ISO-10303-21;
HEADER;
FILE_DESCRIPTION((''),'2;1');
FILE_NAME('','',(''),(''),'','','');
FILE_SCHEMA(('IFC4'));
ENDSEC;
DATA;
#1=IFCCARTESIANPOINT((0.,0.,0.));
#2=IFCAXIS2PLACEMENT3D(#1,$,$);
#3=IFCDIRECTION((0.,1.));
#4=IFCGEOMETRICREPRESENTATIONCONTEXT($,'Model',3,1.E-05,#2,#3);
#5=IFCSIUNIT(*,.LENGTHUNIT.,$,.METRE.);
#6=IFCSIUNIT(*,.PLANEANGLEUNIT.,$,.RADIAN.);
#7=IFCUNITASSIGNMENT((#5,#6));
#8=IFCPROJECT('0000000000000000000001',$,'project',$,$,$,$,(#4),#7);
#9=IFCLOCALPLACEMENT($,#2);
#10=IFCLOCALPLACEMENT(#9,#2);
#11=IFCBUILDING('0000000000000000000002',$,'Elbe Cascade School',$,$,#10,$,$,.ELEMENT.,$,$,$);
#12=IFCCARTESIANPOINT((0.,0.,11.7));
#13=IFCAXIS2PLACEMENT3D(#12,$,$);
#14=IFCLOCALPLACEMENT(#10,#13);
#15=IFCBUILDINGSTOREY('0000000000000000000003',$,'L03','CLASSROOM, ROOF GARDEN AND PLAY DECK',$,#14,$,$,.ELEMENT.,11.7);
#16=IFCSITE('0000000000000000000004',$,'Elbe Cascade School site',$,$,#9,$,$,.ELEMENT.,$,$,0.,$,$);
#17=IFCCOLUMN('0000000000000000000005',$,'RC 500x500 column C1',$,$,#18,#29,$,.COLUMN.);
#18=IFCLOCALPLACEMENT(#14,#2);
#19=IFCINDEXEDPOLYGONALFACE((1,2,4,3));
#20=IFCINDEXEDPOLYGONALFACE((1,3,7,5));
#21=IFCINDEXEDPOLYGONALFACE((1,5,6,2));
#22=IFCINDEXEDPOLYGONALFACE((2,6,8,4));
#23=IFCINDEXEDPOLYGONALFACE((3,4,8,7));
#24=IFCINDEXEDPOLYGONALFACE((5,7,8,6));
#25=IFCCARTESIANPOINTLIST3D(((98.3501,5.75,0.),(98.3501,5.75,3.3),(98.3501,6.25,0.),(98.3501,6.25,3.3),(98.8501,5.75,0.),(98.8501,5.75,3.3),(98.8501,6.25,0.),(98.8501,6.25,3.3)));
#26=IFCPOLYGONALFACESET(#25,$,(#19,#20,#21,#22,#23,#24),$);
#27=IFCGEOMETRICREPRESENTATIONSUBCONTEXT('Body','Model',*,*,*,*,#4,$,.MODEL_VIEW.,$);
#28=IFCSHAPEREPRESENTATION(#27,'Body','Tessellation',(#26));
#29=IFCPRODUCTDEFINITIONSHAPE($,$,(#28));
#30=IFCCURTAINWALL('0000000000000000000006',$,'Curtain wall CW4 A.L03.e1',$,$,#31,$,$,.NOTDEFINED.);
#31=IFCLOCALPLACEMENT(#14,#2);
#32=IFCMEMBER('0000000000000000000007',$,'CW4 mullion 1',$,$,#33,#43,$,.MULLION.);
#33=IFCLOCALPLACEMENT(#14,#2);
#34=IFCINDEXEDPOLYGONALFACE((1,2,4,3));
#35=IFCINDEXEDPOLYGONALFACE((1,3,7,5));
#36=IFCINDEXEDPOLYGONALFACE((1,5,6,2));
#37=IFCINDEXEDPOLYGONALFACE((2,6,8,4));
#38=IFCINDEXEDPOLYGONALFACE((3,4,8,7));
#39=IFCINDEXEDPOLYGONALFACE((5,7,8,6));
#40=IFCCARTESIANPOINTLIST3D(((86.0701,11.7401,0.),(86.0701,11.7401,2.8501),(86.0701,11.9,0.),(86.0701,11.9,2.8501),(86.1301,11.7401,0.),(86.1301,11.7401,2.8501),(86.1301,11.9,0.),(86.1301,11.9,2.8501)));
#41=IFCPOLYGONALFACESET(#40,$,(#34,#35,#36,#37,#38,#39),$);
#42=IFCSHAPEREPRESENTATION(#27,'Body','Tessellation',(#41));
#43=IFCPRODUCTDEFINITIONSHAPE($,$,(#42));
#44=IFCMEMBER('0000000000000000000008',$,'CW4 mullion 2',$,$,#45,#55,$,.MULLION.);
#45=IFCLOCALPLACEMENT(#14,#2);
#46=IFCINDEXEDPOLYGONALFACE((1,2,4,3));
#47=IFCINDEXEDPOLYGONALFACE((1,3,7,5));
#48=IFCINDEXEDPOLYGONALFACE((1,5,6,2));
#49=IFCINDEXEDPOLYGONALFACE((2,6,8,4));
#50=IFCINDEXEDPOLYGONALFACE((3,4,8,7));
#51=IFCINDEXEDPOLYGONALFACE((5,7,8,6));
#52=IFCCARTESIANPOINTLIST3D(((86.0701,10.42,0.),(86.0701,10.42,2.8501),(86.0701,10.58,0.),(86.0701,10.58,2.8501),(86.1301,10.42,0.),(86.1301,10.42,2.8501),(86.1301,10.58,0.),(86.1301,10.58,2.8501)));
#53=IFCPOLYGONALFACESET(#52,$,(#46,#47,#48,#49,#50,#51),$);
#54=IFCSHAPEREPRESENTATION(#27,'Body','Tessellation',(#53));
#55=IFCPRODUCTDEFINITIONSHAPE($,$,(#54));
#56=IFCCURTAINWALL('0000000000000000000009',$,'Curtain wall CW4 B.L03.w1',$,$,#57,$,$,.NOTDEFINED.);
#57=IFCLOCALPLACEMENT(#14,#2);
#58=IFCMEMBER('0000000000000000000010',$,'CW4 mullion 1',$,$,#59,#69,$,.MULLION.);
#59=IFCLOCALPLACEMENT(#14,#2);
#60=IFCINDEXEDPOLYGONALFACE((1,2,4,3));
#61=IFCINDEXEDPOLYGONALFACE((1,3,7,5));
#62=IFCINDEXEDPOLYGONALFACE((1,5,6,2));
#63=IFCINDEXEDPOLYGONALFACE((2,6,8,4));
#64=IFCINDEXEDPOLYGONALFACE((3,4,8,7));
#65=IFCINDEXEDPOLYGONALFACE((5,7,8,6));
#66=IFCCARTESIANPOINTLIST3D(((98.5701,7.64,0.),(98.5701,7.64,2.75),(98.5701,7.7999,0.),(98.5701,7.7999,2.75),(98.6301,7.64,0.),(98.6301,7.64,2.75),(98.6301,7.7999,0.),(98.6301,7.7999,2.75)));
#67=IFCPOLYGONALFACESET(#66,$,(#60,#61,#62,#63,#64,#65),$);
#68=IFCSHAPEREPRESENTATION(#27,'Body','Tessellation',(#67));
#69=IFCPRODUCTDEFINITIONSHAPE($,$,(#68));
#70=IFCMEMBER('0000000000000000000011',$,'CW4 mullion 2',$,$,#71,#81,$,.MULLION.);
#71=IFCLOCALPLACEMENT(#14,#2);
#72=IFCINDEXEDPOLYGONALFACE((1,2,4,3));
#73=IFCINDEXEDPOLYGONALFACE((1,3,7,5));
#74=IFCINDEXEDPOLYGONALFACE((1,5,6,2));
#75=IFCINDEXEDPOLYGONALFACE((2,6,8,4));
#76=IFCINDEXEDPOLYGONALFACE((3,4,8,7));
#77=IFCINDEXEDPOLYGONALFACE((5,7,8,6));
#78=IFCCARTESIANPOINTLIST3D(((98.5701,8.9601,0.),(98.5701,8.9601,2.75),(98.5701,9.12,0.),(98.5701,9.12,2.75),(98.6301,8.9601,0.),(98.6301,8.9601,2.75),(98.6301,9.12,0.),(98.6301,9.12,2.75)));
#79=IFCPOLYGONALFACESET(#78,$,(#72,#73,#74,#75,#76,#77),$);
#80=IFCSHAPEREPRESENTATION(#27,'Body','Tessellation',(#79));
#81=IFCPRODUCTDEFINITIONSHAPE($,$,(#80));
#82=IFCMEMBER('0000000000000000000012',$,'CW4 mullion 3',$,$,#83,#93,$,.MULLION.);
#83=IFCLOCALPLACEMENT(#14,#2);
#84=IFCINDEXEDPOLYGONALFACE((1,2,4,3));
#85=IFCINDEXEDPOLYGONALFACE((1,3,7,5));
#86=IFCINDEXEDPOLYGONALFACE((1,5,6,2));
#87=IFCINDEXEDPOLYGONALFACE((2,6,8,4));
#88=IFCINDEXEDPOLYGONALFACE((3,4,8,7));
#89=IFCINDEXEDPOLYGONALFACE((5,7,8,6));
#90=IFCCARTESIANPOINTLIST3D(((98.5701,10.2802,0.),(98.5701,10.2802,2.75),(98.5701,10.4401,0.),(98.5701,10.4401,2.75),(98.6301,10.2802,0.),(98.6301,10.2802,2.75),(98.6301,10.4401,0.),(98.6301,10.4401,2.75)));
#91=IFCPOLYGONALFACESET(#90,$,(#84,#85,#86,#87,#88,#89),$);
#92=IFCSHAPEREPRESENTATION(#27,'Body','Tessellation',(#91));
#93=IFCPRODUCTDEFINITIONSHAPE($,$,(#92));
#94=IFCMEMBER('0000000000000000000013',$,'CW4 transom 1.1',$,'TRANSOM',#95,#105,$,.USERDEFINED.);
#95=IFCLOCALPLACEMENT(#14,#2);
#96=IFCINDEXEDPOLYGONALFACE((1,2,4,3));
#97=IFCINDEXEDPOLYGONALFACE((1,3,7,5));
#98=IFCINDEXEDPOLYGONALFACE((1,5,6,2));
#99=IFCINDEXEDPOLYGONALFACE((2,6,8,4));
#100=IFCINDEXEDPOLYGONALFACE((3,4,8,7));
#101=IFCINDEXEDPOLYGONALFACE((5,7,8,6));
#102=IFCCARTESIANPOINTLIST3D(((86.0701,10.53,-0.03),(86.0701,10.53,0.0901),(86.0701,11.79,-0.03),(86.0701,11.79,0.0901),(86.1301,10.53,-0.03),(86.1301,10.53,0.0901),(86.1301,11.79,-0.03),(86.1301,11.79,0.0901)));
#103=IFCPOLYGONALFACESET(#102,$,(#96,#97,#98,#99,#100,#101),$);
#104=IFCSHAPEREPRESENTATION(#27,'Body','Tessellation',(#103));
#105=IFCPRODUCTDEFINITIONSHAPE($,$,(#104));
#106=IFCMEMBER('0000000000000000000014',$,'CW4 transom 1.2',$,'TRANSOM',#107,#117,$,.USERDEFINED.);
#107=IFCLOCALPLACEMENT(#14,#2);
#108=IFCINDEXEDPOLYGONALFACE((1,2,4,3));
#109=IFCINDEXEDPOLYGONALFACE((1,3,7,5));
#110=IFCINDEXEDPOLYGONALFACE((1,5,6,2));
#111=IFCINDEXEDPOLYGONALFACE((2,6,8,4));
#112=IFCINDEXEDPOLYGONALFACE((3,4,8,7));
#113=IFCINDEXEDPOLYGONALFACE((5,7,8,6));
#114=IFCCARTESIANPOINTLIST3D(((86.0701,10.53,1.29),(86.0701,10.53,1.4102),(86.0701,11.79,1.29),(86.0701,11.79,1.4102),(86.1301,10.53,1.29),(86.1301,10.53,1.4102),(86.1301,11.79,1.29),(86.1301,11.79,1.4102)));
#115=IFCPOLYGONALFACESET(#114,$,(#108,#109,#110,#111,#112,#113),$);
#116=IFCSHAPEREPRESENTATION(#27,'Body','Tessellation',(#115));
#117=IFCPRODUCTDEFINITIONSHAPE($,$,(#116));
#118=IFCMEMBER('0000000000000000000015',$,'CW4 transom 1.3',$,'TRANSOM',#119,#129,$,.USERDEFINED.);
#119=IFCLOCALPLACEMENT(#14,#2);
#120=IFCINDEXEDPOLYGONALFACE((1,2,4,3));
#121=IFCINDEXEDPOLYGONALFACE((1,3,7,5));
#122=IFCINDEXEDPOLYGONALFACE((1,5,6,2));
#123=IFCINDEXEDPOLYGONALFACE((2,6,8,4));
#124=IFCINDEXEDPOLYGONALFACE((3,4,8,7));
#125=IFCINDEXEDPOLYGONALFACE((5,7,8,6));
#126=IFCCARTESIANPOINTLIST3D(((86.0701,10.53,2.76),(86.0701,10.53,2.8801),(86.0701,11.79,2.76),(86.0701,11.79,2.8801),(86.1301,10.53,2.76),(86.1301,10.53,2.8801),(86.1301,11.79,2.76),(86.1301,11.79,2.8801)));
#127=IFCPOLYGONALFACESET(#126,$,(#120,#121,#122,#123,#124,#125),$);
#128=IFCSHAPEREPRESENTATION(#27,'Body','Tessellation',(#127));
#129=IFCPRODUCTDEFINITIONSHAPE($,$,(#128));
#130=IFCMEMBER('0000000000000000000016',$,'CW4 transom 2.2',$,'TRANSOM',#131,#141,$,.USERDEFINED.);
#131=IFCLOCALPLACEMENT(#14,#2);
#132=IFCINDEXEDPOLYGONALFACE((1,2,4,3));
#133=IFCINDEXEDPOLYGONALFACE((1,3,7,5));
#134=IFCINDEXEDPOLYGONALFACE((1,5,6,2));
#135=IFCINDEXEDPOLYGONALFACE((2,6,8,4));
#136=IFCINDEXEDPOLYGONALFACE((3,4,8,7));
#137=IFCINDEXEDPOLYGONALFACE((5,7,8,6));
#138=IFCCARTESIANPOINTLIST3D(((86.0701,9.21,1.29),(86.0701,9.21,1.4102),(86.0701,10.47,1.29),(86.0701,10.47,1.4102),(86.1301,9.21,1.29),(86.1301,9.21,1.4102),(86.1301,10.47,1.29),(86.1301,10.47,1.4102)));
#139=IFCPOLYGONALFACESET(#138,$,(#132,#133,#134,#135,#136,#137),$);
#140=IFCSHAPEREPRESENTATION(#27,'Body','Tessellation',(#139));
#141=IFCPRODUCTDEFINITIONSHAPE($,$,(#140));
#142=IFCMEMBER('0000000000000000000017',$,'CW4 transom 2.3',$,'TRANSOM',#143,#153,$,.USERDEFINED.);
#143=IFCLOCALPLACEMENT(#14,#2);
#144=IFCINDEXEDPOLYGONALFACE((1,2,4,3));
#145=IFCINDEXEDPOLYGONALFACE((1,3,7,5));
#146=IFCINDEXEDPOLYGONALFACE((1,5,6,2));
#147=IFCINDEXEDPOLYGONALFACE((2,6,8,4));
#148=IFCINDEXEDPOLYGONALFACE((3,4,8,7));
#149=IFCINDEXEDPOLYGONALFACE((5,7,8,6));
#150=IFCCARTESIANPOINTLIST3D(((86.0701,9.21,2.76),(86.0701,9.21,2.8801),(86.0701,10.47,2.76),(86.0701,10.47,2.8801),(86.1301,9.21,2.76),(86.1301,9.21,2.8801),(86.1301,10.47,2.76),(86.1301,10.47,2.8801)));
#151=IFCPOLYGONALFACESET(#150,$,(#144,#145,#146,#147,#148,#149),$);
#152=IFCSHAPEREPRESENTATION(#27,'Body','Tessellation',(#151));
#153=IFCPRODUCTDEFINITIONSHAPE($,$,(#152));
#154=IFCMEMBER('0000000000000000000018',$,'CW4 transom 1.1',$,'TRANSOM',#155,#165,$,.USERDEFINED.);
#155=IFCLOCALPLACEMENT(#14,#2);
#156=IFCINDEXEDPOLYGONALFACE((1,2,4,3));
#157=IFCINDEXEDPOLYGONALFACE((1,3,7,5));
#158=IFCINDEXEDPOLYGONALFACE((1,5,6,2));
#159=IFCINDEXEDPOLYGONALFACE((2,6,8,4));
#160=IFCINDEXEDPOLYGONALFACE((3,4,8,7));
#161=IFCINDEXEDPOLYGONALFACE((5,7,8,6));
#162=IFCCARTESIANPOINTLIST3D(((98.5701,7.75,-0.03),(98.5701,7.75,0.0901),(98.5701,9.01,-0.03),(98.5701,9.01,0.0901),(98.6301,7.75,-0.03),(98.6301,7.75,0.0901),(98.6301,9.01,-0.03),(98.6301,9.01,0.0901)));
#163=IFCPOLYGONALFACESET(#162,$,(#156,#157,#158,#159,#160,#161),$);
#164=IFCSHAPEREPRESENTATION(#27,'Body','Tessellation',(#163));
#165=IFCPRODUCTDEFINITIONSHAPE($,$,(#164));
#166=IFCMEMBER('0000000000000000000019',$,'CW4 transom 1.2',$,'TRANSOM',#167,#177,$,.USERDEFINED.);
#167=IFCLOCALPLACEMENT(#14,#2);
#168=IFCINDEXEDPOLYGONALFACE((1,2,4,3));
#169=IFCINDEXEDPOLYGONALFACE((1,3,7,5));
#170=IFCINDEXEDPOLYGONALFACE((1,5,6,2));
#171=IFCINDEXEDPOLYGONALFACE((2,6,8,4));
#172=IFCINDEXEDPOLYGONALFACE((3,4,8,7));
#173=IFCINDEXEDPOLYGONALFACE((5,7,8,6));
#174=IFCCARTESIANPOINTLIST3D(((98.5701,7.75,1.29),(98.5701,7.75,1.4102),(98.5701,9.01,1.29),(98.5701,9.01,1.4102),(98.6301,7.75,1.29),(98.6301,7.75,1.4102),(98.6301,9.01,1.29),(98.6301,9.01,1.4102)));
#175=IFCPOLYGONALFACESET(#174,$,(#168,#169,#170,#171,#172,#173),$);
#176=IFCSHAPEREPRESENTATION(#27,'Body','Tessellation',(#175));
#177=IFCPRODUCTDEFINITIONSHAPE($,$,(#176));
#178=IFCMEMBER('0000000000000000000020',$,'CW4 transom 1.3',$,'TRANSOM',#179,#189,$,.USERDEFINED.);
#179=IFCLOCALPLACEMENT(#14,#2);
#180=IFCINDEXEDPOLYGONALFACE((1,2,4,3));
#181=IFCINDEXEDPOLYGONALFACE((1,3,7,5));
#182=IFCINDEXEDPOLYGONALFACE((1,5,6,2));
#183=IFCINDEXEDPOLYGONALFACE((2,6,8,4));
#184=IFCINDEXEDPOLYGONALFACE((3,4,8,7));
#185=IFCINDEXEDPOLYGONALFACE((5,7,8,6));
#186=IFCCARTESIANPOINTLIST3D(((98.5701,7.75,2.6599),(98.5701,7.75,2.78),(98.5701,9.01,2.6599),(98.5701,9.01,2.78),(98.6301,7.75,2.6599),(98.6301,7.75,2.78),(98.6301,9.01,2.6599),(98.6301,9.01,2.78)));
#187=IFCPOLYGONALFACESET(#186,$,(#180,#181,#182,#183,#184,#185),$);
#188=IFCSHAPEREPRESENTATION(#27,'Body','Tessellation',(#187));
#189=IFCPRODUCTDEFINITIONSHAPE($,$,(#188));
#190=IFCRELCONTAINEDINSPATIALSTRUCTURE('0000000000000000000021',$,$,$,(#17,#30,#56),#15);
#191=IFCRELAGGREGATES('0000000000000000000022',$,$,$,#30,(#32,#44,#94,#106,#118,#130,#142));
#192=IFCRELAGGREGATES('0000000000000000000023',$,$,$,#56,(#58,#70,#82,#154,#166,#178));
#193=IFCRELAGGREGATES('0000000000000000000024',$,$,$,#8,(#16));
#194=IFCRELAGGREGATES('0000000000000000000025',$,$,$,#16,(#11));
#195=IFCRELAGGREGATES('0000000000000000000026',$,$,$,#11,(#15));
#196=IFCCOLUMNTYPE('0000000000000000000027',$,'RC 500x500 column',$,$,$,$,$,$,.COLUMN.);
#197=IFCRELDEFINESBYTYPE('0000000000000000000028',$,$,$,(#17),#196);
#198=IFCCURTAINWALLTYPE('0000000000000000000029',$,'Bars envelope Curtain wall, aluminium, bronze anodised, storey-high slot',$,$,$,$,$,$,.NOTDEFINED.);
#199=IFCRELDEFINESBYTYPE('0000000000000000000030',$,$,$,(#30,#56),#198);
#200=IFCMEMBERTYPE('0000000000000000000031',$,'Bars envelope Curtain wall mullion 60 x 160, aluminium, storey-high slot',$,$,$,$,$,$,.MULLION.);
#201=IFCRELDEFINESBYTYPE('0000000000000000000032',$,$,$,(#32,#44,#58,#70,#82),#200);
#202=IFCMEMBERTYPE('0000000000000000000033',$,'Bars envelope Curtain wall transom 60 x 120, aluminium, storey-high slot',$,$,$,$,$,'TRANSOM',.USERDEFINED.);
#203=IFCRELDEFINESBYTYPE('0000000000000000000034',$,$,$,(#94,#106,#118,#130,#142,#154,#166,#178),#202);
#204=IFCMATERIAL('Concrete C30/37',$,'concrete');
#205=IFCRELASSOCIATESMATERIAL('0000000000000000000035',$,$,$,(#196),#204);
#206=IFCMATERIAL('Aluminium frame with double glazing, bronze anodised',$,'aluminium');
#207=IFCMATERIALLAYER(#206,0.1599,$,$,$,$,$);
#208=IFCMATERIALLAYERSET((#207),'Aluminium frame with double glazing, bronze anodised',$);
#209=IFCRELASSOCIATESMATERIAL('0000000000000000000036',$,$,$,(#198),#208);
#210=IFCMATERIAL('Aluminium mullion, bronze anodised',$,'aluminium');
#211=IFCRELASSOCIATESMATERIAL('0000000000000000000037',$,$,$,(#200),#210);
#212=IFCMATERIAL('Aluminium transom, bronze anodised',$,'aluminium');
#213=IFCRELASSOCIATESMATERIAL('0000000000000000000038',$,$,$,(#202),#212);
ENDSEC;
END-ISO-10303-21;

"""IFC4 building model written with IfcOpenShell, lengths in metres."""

from ifc_helpers import new_model, si_unit, direction, frame, origin, origin_2d, place, context, subcontext, project, spatial, rectangle, extrude, material, layer, layer_set, material_profile, profile_set, type_object, element, aggregate, save


model = new_model("IFC4")

# Units and contexts
model_context = context("Model", 3, precision=1e-05, world=origin(), true_north=direction((0.0, 1.0)))
body_context = subcontext(model_context, "Body", "Model", "MODEL_VIEW")
ifc_project = project(units=[si_unit("LENGTHUNIT", "METRE"), si_unit("PLANEANGLEUNIT", "RADIAN")], contexts=[model_context])

# Site, building, storey
site_placement = place(None, origin())
site = spatial("IfcSite", under=ifc_project, at=site_placement, Name="Elbe Cascade School site", CompositionType="ELEMENT", RefElevation=0.0)
building_placement = place(site_placement, origin())
building = spatial("IfcBuilding", under=site, at=building_placement, Name="Elbe Cascade School", CompositionType="ELEMENT")
storey_placement = place(building_placement, frame((0.0, 0.0, 11.7)))
storey = spatial("IfcBuildingStorey", under=building, at=storey_placement, Name="L03", Description="CLASSROOM, ROOF GARDEN AND PLAY DECK", CompositionType="ELEMENT", Elevation=11.7)

# Column
ifc_material_1 = material(Name="Concrete C30/37", Category="concrete")
ifc_material_profile_1 = material_profile(ifc_material_1, rectangle(XDim=0.5, YDim=0.5, at=origin_2d()), Name="RC 500x500")
ifc_profile_set_1 = profile_set([ifc_material_profile_1], Name="Concrete C30/37")
column_type = type_object("IfcColumnType", Name="RC 500x500 column", PredefinedType="COLUMN", material=ifc_profile_set_1)
column_placement = place(storey_placement, frame((98.6001, 6.0, 0.0), z_axis=(0.0, 0.0, 1.0), x_axis=(1.0, 0.0, 0.0)))
element("IfcColumn", 1, at=column_placement, inside=storey, type_object=column_type, Name="RC 500x500 column C1", PredefinedType="COLUMN", context=body_context, shape_type="SweptSolid", body=[
    extrude(rectangle(XDim=0.5, YDim=0.5, at=origin_2d()), origin(), (0.0, 0.0, 1.0), 3.3),
])

# Curtain walls, members
ifc_material_2 = material(Name="Aluminium frame with double glazing, bronze anodised", Category="aluminium")
ifc_layer_1 = layer(ifc_material_2, 0.1599)
ifc_layer_set_1 = layer_set([ifc_layer_1], Name="Aluminium frame with double glazing, bronze anodised")
curtain_wall_type = type_object("IfcCurtainWallType", Name="Bars envelope Curtain wall, aluminium, bronze anodised, storey-high slot", PredefinedType="NOTDEFINED", material=ifc_layer_set_1)
curtain_wall_1_placement = place(storey_placement, origin())
curtain_wall_1 = element("IfcCurtainWall", 2, at=curtain_wall_1_placement, inside=storey, type_object=curtain_wall_type, Name="Curtain wall CW4 A.L03.e1", PredefinedType="NOTDEFINED")
ifc_material_3 = material(Name="Aluminium mullion, bronze anodised", Category="aluminium")
ifc_material_profile_2 = material_profile(ifc_material_3, rectangle(XDim=0.0601, YDim=0.1599, at=origin_2d()), Name="Bars envelope Curtain wall mullion 60 x 160, aluminium, storey-high slot")
ifc_profile_set_2 = profile_set([ifc_material_profile_2], Name="Aluminium mullion, bronze anodised")
member_type_1 = type_object("IfcMemberType", Name="Bars envelope Curtain wall mullion 60 x 160, aluminium, storey-high slot", PredefinedType="MULLION", material=ifc_profile_set_2)
member_1_placement = place(storey_placement, frame((86.1001, 11.8201, 0.0), z_axis=(0.0, 0.0, 1.0), x_axis=(1.0, 0.0, 0.0)))
member_1 = element("IfcMember", 3, at=member_1_placement, type_object=member_type_1, Name="CW4 mullion 1", PredefinedType="MULLION", context=body_context, shape_type="SweptSolid", body=[
    extrude(rectangle(XDim=0.0601, YDim=0.1599, at=origin_2d()), origin(), (0.0, 0.0, 1.0), 2.8501),
])
member_2_placement = place(storey_placement, frame((86.1001, 10.5, 0.0), z_axis=(0.0, 0.0, 1.0), x_axis=(1.0, 0.0, 0.0)))
member_2 = element("IfcMember", 4, at=member_2_placement, type_object=member_type_1, Name="CW4 mullion 2", PredefinedType="MULLION", context=body_context, shape_type="SweptSolid", body=[
    extrude(rectangle(XDim=0.0601, YDim=0.1599, at=origin_2d()), origin(), (0.0, 0.0, 1.0), 2.8501),
])
curtain_wall_2_placement = place(storey_placement, origin())
curtain_wall_2 = element("IfcCurtainWall", 5, at=curtain_wall_2_placement, inside=storey, type_object=curtain_wall_type, Name="Curtain wall CW4 B.L03.w1", PredefinedType="NOTDEFINED")
member_3_placement = place(storey_placement, frame((98.6001, 7.72, 0.0), z_axis=(0.0, 0.0, 1.0), x_axis=(-1.0, 0.0, 0.0)))
member_3 = element("IfcMember", 6, at=member_3_placement, type_object=member_type_1, Name="CW4 mullion 1", PredefinedType="MULLION", context=body_context, shape_type="SweptSolid", body=[
    extrude(rectangle(XDim=0.0601, YDim=0.1599, at=origin_2d()), origin(), (0.0, 0.0, 1.0), 2.75),
])
member_4_placement = place(storey_placement, frame((98.6001, 9.04, 0.0), z_axis=(0.0, 0.0, 1.0), x_axis=(-1.0, 0.0, 0.0)))
member_4 = element("IfcMember", 7, at=member_4_placement, type_object=member_type_1, Name="CW4 mullion 2", PredefinedType="MULLION", context=body_context, shape_type="SweptSolid", body=[
    extrude(rectangle(XDim=0.0601, YDim=0.1599, at=origin_2d()), origin(), (0.0, 0.0, 1.0), 2.75),
])
member_5_placement = place(storey_placement, frame((98.6001, 10.3601, 0.0), z_axis=(0.0, 0.0, 1.0), x_axis=(-1.0, 0.0, 0.0)))
member_5 = element("IfcMember", 8, at=member_5_placement, type_object=member_type_1, Name="CW4 mullion 3", PredefinedType="MULLION", context=body_context, shape_type="SweptSolid", body=[
    extrude(rectangle(XDim=0.0601, YDim=0.1599, at=origin_2d()), origin(), (0.0, 0.0, 1.0), 2.75),
])

# Members
ifc_material_4 = material(Name="Aluminium transom, bronze anodised", Category="aluminium")
ifc_material_profile_3 = material_profile(ifc_material_4, rectangle(XDim=0.0601, YDim=0.1201, at=origin_2d()), Name="Bars envelope Curtain wall transom 60 x 120, aluminium, storey-high slot")
ifc_profile_set_3 = profile_set([ifc_material_profile_3], Name="Aluminium transom, bronze anodised")
member_type_2 = type_object("IfcMemberType", Name="Bars envelope Curtain wall transom 60 x 120, aluminium, storey-high slot", ElementType="TRANSOM", PredefinedType="USERDEFINED", material=ifc_profile_set_3)
member_6_placement = place(storey_placement, frame((86.1001, 11.79, 0.03), z_axis=(0.0, -1.0, 0.0), x_axis=(1.0, 0.0, 0.0)))
member_6 = element("IfcMember", 9, at=member_6_placement, type_object=member_type_2, Name="CW4 transom 1.1", ObjectType="TRANSOM", PredefinedType="USERDEFINED", context=body_context, shape_type="SweptSolid", body=[
    extrude(rectangle(XDim=0.0601, YDim=0.1201, at=origin_2d()), origin(), (0.0, 0.0, 1.0), 1.26),
])
member_7_placement = place(storey_placement, frame((86.1001, 11.79, 1.3501), z_axis=(0.0, -1.0, 0.0), x_axis=(1.0, 0.0, 0.0)))
member_7 = element("IfcMember", 10, at=member_7_placement, type_object=member_type_2, Name="CW4 transom 1.2", ObjectType="TRANSOM", PredefinedType="USERDEFINED", context=body_context, shape_type="SweptSolid", body=[
    extrude(rectangle(XDim=0.0601, YDim=0.1201, at=origin_2d()), origin(), (0.0, 0.0, 1.0), 1.26),
])
member_8_placement = place(storey_placement, frame((86.1001, 11.79, 2.8201), z_axis=(0.0, -1.0, 0.0), x_axis=(1.0, 0.0, 0.0)))
member_8 = element("IfcMember", 11, at=member_8_placement, type_object=member_type_2, Name="CW4 transom 1.3", ObjectType="TRANSOM", PredefinedType="USERDEFINED", context=body_context, shape_type="SweptSolid", body=[
    extrude(rectangle(XDim=0.0601, YDim=0.1201, at=origin_2d()), origin(), (0.0, 0.0, 1.0), 1.26),
])
member_9_placement = place(storey_placement, frame((86.1001, 10.47, 1.3501), z_axis=(0.0, -1.0, 0.0), x_axis=(1.0, 0.0, 0.0)))
member_9 = element("IfcMember", 12, at=member_9_placement, type_object=member_type_2, Name="CW4 transom 2.2", ObjectType="TRANSOM", PredefinedType="USERDEFINED", context=body_context, shape_type="SweptSolid", body=[
    extrude(rectangle(XDim=0.0601, YDim=0.1201, at=origin_2d()), origin(), (0.0, 0.0, 1.0), 1.26),
])
member_10_placement = place(storey_placement, frame((86.1001, 10.47, 2.8201), z_axis=(0.0, -1.0, 0.0), x_axis=(1.0, 0.0, 0.0)))
member_10 = element("IfcMember", 13, at=member_10_placement, type_object=member_type_2, Name="CW4 transom 2.3", ObjectType="TRANSOM", PredefinedType="USERDEFINED", context=body_context, shape_type="SweptSolid", body=[
    extrude(rectangle(XDim=0.0601, YDim=0.1201, at=origin_2d()), origin(), (0.0, 0.0, 1.0), 1.26),
])
member_11_placement = place(storey_placement, frame((98.6001, 7.75, 0.03), z_axis=(0.0, 1.0, 0.0), x_axis=(-1.0, 0.0, 0.0)))
member_11 = element("IfcMember", 14, at=member_11_placement, type_object=member_type_2, Name="CW4 transom 1.1", ObjectType="TRANSOM", PredefinedType="USERDEFINED", context=body_context, shape_type="SweptSolid", body=[
    extrude(rectangle(XDim=0.0601, YDim=0.1201, at=origin_2d()), origin(), (0.0, 0.0, 1.0), 1.26),
])
member_12_placement = place(storey_placement, frame((98.6001, 7.75, 1.3501), z_axis=(0.0, 1.0, 0.0), x_axis=(-1.0, 0.0, 0.0)))
member_12 = element("IfcMember", 15, at=member_12_placement, type_object=member_type_2, Name="CW4 transom 1.2", ObjectType="TRANSOM", PredefinedType="USERDEFINED", context=body_context, shape_type="SweptSolid", body=[
    extrude(rectangle(XDim=0.0601, YDim=0.1201, at=origin_2d()), origin(), (0.0, 0.0, 1.0), 1.26),
])
member_13_placement = place(storey_placement, frame((98.6001, 7.75, 2.72), z_axis=(0.0, 1.0, 0.0), x_axis=(-1.0, 0.0, 0.0)))
member_13 = element("IfcMember", 16, at=member_13_placement, type_object=member_type_2, Name="CW4 transom 1.3", ObjectType="TRANSOM", PredefinedType="USERDEFINED", context=body_context, shape_type="SweptSolid", body=[
    extrude(rectangle(XDim=0.0601, YDim=0.1201, at=origin_2d()), origin(), (0.0, 0.0, 1.0), 1.26),
])

aggregate(curtain_wall_1, [member_1, member_2, member_6, member_7, member_8, member_9, member_10])
aggregate(curtain_wall_2, [member_3, member_4, member_5, member_11, member_12, member_13])

save(model, "model.ifc")
